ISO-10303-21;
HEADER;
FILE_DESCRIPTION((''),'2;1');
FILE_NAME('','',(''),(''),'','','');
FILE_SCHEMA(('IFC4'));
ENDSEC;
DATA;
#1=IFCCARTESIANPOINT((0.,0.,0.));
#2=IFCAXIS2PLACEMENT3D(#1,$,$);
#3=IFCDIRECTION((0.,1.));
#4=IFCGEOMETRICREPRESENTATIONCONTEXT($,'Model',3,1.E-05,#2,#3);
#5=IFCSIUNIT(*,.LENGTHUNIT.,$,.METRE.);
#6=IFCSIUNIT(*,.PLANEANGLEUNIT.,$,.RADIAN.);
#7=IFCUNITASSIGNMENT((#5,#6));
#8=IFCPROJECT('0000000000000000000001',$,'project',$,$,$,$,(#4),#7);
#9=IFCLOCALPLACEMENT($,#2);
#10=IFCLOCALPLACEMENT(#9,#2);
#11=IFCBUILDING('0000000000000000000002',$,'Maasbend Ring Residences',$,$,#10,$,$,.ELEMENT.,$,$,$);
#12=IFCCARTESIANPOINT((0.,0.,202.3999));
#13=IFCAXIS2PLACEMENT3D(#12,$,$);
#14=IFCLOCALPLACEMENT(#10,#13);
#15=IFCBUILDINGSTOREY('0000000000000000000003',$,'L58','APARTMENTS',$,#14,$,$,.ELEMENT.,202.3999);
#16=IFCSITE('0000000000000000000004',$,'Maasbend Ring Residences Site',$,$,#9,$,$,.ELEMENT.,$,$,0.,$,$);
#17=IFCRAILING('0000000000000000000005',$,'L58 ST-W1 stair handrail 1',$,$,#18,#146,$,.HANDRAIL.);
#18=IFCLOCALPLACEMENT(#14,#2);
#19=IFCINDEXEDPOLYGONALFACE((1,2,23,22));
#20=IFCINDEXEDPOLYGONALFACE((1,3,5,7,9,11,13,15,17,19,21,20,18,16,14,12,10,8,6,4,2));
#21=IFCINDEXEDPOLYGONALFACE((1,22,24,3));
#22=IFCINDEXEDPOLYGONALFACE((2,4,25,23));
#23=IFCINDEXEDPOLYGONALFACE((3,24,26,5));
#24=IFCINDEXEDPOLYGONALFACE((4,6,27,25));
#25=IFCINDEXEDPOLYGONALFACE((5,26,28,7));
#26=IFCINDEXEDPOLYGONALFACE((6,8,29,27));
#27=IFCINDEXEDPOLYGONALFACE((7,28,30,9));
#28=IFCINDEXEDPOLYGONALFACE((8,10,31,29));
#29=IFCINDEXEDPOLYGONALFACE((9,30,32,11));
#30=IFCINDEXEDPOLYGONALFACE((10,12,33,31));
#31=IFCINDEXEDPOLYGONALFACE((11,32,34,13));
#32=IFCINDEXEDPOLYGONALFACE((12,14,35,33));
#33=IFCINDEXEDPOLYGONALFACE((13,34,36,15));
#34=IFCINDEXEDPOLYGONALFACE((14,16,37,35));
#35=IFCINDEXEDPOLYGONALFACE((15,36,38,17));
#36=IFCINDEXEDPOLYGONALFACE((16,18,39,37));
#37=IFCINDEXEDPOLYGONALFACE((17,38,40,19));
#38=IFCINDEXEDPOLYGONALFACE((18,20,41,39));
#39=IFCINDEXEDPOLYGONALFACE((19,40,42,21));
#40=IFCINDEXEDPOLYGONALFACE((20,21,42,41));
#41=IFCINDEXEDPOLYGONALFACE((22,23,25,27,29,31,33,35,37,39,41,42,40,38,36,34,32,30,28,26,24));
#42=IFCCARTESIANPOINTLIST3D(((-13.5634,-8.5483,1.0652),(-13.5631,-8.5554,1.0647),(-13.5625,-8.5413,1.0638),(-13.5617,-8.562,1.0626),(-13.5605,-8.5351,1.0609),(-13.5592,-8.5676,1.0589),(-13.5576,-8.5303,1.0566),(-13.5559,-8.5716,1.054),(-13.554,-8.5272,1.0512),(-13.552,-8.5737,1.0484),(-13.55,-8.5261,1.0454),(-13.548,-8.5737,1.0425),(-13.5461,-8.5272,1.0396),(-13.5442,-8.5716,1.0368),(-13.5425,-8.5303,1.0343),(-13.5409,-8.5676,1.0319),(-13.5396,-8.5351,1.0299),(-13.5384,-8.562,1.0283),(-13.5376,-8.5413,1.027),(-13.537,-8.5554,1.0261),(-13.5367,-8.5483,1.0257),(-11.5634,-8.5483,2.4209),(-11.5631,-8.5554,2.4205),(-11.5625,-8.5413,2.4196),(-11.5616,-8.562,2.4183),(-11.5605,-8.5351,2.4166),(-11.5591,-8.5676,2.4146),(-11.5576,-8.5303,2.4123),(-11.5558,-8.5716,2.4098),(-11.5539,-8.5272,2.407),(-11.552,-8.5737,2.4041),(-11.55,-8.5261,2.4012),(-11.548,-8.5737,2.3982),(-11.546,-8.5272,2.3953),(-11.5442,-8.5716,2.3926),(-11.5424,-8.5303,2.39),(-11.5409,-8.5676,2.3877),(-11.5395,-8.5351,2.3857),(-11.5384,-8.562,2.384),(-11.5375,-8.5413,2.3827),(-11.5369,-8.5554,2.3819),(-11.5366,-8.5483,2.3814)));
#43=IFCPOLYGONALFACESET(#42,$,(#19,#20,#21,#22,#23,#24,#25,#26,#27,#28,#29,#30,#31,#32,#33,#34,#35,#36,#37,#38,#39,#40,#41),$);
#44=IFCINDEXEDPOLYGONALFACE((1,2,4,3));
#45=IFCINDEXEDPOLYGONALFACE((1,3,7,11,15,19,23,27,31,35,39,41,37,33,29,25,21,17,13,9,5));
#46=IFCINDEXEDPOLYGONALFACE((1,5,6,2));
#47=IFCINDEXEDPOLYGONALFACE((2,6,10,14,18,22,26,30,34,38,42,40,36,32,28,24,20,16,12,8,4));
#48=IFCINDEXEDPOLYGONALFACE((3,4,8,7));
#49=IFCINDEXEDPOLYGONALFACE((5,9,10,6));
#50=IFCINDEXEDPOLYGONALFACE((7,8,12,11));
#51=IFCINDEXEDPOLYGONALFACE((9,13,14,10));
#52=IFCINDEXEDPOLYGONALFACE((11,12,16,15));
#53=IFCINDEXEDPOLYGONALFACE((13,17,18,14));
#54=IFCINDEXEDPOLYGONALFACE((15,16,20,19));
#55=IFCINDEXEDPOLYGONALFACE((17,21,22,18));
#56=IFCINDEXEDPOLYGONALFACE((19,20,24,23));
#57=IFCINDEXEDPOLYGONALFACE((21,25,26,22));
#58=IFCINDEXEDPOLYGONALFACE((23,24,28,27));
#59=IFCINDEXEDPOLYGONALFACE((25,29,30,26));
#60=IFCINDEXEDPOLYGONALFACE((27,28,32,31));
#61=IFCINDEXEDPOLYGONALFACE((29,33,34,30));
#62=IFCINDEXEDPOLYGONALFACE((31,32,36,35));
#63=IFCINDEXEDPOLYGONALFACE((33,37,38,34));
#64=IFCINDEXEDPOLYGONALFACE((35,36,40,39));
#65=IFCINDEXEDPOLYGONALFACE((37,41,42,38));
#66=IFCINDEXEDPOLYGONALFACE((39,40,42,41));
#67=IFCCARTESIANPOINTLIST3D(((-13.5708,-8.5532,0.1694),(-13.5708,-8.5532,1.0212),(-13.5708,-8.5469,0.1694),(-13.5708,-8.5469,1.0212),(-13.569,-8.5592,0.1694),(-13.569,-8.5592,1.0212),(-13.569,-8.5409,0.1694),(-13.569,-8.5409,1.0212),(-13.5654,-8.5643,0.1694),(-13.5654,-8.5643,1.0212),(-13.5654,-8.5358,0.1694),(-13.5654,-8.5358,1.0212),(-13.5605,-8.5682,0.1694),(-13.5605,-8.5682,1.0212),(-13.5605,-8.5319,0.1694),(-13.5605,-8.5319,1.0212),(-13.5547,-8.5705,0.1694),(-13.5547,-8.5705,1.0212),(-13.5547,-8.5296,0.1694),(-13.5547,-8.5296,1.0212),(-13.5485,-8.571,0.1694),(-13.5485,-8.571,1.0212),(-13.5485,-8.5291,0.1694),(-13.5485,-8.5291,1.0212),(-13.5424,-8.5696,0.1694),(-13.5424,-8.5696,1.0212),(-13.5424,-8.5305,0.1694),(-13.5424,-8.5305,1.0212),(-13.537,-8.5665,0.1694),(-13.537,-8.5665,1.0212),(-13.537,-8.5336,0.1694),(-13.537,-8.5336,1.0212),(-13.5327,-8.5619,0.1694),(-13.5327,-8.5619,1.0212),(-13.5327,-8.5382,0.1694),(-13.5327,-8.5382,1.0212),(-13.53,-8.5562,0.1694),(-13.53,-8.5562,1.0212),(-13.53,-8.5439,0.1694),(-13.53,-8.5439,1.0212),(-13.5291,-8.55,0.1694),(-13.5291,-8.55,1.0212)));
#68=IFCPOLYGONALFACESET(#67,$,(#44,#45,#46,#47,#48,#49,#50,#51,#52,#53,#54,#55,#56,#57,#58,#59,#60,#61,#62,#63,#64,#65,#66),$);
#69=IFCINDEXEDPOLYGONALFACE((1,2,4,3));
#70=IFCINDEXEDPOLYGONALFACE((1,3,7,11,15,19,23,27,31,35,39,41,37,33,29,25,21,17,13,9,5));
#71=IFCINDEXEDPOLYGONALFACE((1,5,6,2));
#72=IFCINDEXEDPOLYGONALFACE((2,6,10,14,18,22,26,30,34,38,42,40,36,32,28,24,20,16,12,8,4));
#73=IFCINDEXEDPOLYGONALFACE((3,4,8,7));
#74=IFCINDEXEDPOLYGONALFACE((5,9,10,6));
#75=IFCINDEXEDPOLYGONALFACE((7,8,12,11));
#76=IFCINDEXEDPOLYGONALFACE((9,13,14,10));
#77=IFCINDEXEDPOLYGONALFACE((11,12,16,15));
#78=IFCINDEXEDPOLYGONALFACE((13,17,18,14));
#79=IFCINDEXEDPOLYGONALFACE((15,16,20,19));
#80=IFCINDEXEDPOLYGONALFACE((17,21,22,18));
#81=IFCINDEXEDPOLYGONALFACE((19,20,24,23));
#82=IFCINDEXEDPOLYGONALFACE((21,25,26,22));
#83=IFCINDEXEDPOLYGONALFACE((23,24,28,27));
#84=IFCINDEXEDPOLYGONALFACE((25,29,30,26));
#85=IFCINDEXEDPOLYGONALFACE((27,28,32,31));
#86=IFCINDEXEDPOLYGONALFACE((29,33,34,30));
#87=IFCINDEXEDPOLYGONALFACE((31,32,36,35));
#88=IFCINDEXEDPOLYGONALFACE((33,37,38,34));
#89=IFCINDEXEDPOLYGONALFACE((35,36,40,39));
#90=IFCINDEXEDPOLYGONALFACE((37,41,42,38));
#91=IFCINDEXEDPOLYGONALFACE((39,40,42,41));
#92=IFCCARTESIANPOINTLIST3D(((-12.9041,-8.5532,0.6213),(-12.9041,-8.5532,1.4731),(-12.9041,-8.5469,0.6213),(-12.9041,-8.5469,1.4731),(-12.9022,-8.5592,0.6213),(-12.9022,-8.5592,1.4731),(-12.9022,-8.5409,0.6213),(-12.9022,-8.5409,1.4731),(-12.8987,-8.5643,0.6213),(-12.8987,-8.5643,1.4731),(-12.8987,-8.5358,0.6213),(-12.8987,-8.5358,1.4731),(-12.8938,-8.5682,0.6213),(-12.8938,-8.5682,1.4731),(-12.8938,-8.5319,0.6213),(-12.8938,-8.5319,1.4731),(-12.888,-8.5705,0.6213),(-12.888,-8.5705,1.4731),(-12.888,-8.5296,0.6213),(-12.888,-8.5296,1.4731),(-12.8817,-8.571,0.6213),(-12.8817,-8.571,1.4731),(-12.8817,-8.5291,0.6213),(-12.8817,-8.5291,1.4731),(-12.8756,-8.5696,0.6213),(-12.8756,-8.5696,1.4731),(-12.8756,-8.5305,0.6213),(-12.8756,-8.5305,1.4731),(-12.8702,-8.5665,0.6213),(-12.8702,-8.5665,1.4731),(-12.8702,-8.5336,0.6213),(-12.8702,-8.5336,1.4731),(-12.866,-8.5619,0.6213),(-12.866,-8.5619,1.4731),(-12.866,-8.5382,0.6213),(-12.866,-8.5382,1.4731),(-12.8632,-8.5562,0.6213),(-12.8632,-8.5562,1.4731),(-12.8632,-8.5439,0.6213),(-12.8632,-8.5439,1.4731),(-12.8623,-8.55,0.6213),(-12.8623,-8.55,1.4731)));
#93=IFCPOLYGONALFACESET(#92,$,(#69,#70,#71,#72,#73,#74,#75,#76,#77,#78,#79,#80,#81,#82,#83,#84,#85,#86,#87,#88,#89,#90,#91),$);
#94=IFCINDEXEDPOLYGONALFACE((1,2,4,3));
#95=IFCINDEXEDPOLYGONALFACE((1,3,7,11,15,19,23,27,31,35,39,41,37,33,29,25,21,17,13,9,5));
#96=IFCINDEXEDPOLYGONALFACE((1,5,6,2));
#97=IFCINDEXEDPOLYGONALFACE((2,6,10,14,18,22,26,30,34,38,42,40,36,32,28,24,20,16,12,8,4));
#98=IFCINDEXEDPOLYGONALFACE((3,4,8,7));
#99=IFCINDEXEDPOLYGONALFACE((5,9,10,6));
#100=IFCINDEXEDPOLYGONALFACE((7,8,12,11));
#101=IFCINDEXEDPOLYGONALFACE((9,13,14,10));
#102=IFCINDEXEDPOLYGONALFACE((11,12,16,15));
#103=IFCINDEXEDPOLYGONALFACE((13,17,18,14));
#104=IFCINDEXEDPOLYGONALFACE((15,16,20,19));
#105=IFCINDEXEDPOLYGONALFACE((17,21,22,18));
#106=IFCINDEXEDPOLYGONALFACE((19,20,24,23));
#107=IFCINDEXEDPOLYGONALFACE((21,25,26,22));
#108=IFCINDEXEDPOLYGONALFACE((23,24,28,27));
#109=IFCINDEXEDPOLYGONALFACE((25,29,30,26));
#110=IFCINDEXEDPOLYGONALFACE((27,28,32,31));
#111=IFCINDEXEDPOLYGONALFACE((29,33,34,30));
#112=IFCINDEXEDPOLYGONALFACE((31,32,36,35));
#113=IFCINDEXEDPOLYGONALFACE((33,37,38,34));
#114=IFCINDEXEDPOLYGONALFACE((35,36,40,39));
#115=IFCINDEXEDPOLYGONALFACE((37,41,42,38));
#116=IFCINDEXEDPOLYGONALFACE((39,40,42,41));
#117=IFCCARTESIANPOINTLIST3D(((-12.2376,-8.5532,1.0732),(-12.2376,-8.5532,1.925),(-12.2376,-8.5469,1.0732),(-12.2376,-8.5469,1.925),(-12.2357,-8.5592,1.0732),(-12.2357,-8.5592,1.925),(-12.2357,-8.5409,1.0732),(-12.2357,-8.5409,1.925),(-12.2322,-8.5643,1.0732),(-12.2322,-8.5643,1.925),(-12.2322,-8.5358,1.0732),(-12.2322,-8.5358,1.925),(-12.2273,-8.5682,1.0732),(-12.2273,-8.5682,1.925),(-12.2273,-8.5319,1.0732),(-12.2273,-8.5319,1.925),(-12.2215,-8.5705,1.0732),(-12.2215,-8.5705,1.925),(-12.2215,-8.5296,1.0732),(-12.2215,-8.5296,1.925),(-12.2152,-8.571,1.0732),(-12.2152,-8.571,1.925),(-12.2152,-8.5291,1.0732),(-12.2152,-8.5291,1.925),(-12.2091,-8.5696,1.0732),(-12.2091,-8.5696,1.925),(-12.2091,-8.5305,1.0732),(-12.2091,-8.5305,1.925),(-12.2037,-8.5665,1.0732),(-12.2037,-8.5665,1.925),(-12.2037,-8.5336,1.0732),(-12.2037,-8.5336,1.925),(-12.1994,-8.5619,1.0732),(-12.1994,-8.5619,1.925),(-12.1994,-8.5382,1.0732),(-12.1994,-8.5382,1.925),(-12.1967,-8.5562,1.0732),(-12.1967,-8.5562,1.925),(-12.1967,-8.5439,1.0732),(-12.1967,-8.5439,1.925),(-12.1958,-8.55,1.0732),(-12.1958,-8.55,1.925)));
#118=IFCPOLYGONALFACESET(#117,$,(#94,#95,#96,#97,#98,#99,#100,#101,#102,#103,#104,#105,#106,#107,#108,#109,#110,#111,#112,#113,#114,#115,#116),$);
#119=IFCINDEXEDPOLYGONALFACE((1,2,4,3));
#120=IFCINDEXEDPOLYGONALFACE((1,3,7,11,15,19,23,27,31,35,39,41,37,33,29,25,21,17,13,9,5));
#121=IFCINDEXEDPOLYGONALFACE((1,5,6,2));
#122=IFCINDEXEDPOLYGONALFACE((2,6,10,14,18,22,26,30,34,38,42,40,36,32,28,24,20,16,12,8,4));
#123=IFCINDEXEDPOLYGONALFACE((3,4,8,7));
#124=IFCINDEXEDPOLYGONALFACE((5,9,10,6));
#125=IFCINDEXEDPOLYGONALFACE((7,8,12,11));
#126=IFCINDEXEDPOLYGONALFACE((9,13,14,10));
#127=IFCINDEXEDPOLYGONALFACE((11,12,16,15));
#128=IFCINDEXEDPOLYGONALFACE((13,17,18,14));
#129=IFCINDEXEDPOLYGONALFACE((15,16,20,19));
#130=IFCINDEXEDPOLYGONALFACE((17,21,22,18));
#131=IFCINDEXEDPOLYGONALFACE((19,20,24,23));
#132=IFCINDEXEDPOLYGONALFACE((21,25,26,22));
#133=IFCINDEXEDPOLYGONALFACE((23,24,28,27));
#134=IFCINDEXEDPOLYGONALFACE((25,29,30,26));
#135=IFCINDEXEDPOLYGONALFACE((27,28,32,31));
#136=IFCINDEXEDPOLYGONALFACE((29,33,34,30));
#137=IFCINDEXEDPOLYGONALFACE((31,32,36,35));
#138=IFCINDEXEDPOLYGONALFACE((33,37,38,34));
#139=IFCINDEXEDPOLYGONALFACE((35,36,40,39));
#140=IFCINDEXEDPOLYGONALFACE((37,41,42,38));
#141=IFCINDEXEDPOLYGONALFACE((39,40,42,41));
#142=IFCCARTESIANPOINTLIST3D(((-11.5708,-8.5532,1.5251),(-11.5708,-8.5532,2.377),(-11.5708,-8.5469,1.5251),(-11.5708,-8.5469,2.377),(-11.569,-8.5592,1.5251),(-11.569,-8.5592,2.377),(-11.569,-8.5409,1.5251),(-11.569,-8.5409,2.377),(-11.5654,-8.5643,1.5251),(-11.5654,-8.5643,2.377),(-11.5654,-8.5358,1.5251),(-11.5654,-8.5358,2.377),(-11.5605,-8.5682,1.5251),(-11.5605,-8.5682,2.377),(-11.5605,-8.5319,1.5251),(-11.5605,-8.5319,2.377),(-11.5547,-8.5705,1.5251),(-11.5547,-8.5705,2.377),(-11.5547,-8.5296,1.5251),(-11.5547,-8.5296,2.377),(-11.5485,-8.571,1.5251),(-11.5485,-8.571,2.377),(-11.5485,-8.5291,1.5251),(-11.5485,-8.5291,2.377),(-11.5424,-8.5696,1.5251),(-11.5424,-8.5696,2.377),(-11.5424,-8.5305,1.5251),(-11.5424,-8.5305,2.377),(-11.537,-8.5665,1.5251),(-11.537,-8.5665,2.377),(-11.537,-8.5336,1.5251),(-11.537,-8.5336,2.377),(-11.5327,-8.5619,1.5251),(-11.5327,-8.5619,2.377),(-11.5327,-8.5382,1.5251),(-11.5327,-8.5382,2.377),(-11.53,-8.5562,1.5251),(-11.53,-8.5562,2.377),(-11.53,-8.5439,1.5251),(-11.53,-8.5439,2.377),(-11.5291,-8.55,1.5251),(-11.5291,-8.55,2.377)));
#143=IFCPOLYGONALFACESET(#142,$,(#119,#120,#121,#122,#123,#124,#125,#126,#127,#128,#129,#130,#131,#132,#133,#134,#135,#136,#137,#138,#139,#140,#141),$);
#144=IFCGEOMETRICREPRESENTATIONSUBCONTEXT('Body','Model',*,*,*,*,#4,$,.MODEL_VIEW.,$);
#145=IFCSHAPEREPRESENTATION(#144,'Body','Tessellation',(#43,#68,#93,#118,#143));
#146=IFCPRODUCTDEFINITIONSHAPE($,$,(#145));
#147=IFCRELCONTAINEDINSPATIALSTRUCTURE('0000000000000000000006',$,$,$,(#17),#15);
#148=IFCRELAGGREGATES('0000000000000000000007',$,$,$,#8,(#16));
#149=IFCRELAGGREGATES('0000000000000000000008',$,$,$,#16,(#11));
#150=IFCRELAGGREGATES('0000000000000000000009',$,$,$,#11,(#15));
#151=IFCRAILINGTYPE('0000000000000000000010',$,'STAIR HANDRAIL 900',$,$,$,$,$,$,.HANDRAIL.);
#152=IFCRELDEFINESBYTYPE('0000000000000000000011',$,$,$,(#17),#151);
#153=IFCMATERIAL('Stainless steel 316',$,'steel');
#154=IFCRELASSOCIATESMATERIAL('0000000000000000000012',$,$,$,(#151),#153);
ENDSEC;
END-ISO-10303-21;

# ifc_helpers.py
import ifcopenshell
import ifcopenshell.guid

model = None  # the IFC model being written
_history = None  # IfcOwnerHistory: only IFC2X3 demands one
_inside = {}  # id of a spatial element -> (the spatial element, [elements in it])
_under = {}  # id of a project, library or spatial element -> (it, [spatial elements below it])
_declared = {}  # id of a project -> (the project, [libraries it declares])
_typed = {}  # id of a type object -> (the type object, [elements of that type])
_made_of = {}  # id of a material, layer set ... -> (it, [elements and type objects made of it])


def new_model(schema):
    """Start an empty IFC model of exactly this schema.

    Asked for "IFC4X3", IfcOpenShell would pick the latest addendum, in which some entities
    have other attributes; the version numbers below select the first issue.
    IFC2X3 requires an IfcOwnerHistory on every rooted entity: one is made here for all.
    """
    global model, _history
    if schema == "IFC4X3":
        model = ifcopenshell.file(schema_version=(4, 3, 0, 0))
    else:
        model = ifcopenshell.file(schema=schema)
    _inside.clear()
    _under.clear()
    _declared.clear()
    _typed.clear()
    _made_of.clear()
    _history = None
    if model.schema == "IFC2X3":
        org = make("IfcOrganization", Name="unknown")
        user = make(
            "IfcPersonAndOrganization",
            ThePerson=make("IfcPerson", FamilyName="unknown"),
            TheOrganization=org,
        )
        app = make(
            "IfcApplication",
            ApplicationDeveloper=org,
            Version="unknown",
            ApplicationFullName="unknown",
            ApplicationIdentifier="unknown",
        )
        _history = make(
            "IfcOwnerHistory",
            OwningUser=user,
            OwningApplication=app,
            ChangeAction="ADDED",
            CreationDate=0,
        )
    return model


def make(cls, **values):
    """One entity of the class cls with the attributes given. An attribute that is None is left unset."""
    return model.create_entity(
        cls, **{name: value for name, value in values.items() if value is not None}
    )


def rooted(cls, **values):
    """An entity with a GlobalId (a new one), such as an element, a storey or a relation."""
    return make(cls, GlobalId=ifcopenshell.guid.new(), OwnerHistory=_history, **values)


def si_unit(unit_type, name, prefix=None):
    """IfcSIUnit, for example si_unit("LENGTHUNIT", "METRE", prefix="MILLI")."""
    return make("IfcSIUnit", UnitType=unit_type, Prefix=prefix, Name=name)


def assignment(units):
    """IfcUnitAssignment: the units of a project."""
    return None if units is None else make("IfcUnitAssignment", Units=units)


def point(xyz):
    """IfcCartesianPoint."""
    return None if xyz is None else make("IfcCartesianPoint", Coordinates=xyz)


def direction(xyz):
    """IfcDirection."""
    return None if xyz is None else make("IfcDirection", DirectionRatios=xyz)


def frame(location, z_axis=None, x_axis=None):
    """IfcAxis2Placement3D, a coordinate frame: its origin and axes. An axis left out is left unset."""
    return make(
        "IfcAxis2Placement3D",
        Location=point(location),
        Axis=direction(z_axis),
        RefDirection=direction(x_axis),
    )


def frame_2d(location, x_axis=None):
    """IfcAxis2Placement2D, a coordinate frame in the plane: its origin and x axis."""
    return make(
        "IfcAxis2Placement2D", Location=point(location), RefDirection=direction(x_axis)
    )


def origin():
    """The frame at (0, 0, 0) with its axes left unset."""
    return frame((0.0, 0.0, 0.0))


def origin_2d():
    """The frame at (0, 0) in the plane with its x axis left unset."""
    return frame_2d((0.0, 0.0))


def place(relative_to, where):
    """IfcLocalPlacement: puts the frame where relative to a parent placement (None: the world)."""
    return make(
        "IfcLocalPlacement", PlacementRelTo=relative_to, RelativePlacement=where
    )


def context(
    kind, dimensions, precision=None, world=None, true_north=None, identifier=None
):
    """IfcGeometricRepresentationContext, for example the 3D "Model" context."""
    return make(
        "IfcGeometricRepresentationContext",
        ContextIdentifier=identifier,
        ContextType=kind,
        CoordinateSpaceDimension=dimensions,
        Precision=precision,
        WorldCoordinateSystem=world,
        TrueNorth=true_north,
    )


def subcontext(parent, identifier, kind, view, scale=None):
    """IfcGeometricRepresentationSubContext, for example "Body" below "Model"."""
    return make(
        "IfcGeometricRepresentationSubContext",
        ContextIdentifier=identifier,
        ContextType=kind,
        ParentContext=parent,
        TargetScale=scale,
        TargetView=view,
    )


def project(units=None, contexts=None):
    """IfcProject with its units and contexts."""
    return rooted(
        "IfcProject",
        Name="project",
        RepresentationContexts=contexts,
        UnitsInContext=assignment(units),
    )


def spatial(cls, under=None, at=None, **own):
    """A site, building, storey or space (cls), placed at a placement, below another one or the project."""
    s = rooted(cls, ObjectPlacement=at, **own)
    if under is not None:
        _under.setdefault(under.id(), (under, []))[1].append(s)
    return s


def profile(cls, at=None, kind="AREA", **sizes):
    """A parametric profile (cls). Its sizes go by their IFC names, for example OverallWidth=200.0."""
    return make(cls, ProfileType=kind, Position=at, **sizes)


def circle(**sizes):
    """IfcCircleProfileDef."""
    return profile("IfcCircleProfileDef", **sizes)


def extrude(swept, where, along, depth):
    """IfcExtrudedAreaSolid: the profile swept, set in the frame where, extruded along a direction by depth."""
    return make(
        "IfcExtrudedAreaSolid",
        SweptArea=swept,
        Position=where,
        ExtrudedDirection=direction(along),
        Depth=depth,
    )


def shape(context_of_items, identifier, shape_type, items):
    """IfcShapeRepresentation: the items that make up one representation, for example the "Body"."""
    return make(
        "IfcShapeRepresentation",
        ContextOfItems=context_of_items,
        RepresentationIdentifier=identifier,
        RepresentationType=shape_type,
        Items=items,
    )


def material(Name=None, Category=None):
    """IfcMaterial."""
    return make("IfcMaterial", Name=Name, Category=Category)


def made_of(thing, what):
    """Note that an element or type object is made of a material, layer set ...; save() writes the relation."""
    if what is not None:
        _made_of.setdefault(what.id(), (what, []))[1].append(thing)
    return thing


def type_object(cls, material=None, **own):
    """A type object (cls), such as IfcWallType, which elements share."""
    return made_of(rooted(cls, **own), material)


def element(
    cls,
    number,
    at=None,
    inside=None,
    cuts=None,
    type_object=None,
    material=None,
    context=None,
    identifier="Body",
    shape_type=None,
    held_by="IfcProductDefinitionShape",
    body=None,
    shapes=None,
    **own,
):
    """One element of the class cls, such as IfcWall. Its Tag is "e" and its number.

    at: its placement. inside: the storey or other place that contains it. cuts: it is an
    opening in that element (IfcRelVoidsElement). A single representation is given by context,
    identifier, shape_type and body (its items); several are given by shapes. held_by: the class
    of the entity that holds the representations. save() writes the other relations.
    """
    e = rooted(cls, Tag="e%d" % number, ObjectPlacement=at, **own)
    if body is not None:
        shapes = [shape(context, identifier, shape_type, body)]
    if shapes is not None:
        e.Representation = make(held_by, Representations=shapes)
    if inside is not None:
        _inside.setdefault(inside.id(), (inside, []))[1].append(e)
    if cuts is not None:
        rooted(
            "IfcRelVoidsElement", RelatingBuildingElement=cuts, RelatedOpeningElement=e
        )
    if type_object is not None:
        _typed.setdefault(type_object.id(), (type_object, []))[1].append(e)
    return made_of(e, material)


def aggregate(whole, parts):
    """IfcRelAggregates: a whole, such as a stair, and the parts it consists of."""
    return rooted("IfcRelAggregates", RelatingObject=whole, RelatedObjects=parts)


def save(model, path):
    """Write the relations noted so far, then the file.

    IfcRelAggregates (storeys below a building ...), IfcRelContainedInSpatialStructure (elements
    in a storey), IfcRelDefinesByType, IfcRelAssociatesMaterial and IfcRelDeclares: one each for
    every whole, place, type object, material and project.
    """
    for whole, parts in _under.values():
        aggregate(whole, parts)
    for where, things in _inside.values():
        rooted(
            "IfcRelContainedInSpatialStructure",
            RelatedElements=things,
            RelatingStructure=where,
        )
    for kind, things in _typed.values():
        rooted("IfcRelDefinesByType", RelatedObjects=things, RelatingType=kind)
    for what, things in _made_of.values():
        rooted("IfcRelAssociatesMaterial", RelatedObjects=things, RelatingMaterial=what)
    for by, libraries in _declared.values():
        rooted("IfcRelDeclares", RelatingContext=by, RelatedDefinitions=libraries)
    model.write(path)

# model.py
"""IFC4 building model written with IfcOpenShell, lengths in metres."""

from ifc_helpers import new_model, si_unit, direction, frame, origin, origin_2d, place, context, subcontext, project, spatial, circle, extrude, material, type_object, element, save


model = new_model("IFC4")

# Units and contexts
model_context = context("Model", 3, precision=1e-05, world=origin(), true_north=direction((0.0, 1.0)))
body_context = subcontext(model_context, "Body", "Model", "MODEL_VIEW")
ifc_project = project(units=[si_unit("LENGTHUNIT", "METRE"), si_unit("PLANEANGLEUNIT", "RADIAN")], contexts=[model_context])

# Site, building, storey
site_placement = place(None, origin())
site = spatial("IfcSite", under=ifc_project, at=site_placement, Name="Maasbend Ring Residences Site", CompositionType="ELEMENT", RefElevation=0.0)
building_placement = place(site_placement, origin())
building = spatial("IfcBuilding", under=site, at=building_placement, Name="Maasbend Ring Residences", CompositionType="ELEMENT")
storey_placement = place(building_placement, frame((0.0, 0.0, 202.3999)))
storey = spatial("IfcBuildingStorey", under=building, at=storey_placement, Name="L58", Description="APARTMENTS", CompositionType="ELEMENT", Elevation=202.3999)

# Railing
ifc_material_1 = material(Name="Stainless steel 316", Category="steel")
railing_type_1 = type_object("IfcRailingType", Name="STAIR HANDRAIL 900", PredefinedType="HANDRAIL", material=ifc_material_1)
railing_1_placement = place(storey_placement, frame((-13.55, -8.55, 0.1694)))
element("IfcRailing", 1, at=railing_1_placement, inside=storey, type_object=railing_type_1, Name="L58 ST-W1 stair handrail 1", PredefinedType="HANDRAIL", context=body_context, shape_type="SweptSolid", body=[
    extrude(circle(Radius=0.0239, at=origin_2d()), frame((0.0, 0.0, 0.876), z_axis=(0.827751, 0.0, 0.561096), x_axis=(0.0, 1.0, 0.0)), (0.0, 0.0, 1.0), 2.4163),
    extrude(circle(Radius=0.021, at=origin_2d()), origin(), (0.0, 0.0, 1.0), 0.8518),
    extrude(circle(Radius=0.021, at=origin_2d()), frame((0.6667, 0.0, 0.4519)), (0.0, 0.0, 1.0), 0.8518),
    extrude(circle(Radius=0.021, at=origin_2d()), frame((1.3333, 0.0, 0.9038)), (0.0, 0.0, 1.0), 0.8518),
    extrude(circle(Radius=0.021, at=origin_2d()), frame((2.0, 0.0, 1.3557)), (0.0, 0.0, 1.0), 0.8518),
])

save(model, "model.ifc")
